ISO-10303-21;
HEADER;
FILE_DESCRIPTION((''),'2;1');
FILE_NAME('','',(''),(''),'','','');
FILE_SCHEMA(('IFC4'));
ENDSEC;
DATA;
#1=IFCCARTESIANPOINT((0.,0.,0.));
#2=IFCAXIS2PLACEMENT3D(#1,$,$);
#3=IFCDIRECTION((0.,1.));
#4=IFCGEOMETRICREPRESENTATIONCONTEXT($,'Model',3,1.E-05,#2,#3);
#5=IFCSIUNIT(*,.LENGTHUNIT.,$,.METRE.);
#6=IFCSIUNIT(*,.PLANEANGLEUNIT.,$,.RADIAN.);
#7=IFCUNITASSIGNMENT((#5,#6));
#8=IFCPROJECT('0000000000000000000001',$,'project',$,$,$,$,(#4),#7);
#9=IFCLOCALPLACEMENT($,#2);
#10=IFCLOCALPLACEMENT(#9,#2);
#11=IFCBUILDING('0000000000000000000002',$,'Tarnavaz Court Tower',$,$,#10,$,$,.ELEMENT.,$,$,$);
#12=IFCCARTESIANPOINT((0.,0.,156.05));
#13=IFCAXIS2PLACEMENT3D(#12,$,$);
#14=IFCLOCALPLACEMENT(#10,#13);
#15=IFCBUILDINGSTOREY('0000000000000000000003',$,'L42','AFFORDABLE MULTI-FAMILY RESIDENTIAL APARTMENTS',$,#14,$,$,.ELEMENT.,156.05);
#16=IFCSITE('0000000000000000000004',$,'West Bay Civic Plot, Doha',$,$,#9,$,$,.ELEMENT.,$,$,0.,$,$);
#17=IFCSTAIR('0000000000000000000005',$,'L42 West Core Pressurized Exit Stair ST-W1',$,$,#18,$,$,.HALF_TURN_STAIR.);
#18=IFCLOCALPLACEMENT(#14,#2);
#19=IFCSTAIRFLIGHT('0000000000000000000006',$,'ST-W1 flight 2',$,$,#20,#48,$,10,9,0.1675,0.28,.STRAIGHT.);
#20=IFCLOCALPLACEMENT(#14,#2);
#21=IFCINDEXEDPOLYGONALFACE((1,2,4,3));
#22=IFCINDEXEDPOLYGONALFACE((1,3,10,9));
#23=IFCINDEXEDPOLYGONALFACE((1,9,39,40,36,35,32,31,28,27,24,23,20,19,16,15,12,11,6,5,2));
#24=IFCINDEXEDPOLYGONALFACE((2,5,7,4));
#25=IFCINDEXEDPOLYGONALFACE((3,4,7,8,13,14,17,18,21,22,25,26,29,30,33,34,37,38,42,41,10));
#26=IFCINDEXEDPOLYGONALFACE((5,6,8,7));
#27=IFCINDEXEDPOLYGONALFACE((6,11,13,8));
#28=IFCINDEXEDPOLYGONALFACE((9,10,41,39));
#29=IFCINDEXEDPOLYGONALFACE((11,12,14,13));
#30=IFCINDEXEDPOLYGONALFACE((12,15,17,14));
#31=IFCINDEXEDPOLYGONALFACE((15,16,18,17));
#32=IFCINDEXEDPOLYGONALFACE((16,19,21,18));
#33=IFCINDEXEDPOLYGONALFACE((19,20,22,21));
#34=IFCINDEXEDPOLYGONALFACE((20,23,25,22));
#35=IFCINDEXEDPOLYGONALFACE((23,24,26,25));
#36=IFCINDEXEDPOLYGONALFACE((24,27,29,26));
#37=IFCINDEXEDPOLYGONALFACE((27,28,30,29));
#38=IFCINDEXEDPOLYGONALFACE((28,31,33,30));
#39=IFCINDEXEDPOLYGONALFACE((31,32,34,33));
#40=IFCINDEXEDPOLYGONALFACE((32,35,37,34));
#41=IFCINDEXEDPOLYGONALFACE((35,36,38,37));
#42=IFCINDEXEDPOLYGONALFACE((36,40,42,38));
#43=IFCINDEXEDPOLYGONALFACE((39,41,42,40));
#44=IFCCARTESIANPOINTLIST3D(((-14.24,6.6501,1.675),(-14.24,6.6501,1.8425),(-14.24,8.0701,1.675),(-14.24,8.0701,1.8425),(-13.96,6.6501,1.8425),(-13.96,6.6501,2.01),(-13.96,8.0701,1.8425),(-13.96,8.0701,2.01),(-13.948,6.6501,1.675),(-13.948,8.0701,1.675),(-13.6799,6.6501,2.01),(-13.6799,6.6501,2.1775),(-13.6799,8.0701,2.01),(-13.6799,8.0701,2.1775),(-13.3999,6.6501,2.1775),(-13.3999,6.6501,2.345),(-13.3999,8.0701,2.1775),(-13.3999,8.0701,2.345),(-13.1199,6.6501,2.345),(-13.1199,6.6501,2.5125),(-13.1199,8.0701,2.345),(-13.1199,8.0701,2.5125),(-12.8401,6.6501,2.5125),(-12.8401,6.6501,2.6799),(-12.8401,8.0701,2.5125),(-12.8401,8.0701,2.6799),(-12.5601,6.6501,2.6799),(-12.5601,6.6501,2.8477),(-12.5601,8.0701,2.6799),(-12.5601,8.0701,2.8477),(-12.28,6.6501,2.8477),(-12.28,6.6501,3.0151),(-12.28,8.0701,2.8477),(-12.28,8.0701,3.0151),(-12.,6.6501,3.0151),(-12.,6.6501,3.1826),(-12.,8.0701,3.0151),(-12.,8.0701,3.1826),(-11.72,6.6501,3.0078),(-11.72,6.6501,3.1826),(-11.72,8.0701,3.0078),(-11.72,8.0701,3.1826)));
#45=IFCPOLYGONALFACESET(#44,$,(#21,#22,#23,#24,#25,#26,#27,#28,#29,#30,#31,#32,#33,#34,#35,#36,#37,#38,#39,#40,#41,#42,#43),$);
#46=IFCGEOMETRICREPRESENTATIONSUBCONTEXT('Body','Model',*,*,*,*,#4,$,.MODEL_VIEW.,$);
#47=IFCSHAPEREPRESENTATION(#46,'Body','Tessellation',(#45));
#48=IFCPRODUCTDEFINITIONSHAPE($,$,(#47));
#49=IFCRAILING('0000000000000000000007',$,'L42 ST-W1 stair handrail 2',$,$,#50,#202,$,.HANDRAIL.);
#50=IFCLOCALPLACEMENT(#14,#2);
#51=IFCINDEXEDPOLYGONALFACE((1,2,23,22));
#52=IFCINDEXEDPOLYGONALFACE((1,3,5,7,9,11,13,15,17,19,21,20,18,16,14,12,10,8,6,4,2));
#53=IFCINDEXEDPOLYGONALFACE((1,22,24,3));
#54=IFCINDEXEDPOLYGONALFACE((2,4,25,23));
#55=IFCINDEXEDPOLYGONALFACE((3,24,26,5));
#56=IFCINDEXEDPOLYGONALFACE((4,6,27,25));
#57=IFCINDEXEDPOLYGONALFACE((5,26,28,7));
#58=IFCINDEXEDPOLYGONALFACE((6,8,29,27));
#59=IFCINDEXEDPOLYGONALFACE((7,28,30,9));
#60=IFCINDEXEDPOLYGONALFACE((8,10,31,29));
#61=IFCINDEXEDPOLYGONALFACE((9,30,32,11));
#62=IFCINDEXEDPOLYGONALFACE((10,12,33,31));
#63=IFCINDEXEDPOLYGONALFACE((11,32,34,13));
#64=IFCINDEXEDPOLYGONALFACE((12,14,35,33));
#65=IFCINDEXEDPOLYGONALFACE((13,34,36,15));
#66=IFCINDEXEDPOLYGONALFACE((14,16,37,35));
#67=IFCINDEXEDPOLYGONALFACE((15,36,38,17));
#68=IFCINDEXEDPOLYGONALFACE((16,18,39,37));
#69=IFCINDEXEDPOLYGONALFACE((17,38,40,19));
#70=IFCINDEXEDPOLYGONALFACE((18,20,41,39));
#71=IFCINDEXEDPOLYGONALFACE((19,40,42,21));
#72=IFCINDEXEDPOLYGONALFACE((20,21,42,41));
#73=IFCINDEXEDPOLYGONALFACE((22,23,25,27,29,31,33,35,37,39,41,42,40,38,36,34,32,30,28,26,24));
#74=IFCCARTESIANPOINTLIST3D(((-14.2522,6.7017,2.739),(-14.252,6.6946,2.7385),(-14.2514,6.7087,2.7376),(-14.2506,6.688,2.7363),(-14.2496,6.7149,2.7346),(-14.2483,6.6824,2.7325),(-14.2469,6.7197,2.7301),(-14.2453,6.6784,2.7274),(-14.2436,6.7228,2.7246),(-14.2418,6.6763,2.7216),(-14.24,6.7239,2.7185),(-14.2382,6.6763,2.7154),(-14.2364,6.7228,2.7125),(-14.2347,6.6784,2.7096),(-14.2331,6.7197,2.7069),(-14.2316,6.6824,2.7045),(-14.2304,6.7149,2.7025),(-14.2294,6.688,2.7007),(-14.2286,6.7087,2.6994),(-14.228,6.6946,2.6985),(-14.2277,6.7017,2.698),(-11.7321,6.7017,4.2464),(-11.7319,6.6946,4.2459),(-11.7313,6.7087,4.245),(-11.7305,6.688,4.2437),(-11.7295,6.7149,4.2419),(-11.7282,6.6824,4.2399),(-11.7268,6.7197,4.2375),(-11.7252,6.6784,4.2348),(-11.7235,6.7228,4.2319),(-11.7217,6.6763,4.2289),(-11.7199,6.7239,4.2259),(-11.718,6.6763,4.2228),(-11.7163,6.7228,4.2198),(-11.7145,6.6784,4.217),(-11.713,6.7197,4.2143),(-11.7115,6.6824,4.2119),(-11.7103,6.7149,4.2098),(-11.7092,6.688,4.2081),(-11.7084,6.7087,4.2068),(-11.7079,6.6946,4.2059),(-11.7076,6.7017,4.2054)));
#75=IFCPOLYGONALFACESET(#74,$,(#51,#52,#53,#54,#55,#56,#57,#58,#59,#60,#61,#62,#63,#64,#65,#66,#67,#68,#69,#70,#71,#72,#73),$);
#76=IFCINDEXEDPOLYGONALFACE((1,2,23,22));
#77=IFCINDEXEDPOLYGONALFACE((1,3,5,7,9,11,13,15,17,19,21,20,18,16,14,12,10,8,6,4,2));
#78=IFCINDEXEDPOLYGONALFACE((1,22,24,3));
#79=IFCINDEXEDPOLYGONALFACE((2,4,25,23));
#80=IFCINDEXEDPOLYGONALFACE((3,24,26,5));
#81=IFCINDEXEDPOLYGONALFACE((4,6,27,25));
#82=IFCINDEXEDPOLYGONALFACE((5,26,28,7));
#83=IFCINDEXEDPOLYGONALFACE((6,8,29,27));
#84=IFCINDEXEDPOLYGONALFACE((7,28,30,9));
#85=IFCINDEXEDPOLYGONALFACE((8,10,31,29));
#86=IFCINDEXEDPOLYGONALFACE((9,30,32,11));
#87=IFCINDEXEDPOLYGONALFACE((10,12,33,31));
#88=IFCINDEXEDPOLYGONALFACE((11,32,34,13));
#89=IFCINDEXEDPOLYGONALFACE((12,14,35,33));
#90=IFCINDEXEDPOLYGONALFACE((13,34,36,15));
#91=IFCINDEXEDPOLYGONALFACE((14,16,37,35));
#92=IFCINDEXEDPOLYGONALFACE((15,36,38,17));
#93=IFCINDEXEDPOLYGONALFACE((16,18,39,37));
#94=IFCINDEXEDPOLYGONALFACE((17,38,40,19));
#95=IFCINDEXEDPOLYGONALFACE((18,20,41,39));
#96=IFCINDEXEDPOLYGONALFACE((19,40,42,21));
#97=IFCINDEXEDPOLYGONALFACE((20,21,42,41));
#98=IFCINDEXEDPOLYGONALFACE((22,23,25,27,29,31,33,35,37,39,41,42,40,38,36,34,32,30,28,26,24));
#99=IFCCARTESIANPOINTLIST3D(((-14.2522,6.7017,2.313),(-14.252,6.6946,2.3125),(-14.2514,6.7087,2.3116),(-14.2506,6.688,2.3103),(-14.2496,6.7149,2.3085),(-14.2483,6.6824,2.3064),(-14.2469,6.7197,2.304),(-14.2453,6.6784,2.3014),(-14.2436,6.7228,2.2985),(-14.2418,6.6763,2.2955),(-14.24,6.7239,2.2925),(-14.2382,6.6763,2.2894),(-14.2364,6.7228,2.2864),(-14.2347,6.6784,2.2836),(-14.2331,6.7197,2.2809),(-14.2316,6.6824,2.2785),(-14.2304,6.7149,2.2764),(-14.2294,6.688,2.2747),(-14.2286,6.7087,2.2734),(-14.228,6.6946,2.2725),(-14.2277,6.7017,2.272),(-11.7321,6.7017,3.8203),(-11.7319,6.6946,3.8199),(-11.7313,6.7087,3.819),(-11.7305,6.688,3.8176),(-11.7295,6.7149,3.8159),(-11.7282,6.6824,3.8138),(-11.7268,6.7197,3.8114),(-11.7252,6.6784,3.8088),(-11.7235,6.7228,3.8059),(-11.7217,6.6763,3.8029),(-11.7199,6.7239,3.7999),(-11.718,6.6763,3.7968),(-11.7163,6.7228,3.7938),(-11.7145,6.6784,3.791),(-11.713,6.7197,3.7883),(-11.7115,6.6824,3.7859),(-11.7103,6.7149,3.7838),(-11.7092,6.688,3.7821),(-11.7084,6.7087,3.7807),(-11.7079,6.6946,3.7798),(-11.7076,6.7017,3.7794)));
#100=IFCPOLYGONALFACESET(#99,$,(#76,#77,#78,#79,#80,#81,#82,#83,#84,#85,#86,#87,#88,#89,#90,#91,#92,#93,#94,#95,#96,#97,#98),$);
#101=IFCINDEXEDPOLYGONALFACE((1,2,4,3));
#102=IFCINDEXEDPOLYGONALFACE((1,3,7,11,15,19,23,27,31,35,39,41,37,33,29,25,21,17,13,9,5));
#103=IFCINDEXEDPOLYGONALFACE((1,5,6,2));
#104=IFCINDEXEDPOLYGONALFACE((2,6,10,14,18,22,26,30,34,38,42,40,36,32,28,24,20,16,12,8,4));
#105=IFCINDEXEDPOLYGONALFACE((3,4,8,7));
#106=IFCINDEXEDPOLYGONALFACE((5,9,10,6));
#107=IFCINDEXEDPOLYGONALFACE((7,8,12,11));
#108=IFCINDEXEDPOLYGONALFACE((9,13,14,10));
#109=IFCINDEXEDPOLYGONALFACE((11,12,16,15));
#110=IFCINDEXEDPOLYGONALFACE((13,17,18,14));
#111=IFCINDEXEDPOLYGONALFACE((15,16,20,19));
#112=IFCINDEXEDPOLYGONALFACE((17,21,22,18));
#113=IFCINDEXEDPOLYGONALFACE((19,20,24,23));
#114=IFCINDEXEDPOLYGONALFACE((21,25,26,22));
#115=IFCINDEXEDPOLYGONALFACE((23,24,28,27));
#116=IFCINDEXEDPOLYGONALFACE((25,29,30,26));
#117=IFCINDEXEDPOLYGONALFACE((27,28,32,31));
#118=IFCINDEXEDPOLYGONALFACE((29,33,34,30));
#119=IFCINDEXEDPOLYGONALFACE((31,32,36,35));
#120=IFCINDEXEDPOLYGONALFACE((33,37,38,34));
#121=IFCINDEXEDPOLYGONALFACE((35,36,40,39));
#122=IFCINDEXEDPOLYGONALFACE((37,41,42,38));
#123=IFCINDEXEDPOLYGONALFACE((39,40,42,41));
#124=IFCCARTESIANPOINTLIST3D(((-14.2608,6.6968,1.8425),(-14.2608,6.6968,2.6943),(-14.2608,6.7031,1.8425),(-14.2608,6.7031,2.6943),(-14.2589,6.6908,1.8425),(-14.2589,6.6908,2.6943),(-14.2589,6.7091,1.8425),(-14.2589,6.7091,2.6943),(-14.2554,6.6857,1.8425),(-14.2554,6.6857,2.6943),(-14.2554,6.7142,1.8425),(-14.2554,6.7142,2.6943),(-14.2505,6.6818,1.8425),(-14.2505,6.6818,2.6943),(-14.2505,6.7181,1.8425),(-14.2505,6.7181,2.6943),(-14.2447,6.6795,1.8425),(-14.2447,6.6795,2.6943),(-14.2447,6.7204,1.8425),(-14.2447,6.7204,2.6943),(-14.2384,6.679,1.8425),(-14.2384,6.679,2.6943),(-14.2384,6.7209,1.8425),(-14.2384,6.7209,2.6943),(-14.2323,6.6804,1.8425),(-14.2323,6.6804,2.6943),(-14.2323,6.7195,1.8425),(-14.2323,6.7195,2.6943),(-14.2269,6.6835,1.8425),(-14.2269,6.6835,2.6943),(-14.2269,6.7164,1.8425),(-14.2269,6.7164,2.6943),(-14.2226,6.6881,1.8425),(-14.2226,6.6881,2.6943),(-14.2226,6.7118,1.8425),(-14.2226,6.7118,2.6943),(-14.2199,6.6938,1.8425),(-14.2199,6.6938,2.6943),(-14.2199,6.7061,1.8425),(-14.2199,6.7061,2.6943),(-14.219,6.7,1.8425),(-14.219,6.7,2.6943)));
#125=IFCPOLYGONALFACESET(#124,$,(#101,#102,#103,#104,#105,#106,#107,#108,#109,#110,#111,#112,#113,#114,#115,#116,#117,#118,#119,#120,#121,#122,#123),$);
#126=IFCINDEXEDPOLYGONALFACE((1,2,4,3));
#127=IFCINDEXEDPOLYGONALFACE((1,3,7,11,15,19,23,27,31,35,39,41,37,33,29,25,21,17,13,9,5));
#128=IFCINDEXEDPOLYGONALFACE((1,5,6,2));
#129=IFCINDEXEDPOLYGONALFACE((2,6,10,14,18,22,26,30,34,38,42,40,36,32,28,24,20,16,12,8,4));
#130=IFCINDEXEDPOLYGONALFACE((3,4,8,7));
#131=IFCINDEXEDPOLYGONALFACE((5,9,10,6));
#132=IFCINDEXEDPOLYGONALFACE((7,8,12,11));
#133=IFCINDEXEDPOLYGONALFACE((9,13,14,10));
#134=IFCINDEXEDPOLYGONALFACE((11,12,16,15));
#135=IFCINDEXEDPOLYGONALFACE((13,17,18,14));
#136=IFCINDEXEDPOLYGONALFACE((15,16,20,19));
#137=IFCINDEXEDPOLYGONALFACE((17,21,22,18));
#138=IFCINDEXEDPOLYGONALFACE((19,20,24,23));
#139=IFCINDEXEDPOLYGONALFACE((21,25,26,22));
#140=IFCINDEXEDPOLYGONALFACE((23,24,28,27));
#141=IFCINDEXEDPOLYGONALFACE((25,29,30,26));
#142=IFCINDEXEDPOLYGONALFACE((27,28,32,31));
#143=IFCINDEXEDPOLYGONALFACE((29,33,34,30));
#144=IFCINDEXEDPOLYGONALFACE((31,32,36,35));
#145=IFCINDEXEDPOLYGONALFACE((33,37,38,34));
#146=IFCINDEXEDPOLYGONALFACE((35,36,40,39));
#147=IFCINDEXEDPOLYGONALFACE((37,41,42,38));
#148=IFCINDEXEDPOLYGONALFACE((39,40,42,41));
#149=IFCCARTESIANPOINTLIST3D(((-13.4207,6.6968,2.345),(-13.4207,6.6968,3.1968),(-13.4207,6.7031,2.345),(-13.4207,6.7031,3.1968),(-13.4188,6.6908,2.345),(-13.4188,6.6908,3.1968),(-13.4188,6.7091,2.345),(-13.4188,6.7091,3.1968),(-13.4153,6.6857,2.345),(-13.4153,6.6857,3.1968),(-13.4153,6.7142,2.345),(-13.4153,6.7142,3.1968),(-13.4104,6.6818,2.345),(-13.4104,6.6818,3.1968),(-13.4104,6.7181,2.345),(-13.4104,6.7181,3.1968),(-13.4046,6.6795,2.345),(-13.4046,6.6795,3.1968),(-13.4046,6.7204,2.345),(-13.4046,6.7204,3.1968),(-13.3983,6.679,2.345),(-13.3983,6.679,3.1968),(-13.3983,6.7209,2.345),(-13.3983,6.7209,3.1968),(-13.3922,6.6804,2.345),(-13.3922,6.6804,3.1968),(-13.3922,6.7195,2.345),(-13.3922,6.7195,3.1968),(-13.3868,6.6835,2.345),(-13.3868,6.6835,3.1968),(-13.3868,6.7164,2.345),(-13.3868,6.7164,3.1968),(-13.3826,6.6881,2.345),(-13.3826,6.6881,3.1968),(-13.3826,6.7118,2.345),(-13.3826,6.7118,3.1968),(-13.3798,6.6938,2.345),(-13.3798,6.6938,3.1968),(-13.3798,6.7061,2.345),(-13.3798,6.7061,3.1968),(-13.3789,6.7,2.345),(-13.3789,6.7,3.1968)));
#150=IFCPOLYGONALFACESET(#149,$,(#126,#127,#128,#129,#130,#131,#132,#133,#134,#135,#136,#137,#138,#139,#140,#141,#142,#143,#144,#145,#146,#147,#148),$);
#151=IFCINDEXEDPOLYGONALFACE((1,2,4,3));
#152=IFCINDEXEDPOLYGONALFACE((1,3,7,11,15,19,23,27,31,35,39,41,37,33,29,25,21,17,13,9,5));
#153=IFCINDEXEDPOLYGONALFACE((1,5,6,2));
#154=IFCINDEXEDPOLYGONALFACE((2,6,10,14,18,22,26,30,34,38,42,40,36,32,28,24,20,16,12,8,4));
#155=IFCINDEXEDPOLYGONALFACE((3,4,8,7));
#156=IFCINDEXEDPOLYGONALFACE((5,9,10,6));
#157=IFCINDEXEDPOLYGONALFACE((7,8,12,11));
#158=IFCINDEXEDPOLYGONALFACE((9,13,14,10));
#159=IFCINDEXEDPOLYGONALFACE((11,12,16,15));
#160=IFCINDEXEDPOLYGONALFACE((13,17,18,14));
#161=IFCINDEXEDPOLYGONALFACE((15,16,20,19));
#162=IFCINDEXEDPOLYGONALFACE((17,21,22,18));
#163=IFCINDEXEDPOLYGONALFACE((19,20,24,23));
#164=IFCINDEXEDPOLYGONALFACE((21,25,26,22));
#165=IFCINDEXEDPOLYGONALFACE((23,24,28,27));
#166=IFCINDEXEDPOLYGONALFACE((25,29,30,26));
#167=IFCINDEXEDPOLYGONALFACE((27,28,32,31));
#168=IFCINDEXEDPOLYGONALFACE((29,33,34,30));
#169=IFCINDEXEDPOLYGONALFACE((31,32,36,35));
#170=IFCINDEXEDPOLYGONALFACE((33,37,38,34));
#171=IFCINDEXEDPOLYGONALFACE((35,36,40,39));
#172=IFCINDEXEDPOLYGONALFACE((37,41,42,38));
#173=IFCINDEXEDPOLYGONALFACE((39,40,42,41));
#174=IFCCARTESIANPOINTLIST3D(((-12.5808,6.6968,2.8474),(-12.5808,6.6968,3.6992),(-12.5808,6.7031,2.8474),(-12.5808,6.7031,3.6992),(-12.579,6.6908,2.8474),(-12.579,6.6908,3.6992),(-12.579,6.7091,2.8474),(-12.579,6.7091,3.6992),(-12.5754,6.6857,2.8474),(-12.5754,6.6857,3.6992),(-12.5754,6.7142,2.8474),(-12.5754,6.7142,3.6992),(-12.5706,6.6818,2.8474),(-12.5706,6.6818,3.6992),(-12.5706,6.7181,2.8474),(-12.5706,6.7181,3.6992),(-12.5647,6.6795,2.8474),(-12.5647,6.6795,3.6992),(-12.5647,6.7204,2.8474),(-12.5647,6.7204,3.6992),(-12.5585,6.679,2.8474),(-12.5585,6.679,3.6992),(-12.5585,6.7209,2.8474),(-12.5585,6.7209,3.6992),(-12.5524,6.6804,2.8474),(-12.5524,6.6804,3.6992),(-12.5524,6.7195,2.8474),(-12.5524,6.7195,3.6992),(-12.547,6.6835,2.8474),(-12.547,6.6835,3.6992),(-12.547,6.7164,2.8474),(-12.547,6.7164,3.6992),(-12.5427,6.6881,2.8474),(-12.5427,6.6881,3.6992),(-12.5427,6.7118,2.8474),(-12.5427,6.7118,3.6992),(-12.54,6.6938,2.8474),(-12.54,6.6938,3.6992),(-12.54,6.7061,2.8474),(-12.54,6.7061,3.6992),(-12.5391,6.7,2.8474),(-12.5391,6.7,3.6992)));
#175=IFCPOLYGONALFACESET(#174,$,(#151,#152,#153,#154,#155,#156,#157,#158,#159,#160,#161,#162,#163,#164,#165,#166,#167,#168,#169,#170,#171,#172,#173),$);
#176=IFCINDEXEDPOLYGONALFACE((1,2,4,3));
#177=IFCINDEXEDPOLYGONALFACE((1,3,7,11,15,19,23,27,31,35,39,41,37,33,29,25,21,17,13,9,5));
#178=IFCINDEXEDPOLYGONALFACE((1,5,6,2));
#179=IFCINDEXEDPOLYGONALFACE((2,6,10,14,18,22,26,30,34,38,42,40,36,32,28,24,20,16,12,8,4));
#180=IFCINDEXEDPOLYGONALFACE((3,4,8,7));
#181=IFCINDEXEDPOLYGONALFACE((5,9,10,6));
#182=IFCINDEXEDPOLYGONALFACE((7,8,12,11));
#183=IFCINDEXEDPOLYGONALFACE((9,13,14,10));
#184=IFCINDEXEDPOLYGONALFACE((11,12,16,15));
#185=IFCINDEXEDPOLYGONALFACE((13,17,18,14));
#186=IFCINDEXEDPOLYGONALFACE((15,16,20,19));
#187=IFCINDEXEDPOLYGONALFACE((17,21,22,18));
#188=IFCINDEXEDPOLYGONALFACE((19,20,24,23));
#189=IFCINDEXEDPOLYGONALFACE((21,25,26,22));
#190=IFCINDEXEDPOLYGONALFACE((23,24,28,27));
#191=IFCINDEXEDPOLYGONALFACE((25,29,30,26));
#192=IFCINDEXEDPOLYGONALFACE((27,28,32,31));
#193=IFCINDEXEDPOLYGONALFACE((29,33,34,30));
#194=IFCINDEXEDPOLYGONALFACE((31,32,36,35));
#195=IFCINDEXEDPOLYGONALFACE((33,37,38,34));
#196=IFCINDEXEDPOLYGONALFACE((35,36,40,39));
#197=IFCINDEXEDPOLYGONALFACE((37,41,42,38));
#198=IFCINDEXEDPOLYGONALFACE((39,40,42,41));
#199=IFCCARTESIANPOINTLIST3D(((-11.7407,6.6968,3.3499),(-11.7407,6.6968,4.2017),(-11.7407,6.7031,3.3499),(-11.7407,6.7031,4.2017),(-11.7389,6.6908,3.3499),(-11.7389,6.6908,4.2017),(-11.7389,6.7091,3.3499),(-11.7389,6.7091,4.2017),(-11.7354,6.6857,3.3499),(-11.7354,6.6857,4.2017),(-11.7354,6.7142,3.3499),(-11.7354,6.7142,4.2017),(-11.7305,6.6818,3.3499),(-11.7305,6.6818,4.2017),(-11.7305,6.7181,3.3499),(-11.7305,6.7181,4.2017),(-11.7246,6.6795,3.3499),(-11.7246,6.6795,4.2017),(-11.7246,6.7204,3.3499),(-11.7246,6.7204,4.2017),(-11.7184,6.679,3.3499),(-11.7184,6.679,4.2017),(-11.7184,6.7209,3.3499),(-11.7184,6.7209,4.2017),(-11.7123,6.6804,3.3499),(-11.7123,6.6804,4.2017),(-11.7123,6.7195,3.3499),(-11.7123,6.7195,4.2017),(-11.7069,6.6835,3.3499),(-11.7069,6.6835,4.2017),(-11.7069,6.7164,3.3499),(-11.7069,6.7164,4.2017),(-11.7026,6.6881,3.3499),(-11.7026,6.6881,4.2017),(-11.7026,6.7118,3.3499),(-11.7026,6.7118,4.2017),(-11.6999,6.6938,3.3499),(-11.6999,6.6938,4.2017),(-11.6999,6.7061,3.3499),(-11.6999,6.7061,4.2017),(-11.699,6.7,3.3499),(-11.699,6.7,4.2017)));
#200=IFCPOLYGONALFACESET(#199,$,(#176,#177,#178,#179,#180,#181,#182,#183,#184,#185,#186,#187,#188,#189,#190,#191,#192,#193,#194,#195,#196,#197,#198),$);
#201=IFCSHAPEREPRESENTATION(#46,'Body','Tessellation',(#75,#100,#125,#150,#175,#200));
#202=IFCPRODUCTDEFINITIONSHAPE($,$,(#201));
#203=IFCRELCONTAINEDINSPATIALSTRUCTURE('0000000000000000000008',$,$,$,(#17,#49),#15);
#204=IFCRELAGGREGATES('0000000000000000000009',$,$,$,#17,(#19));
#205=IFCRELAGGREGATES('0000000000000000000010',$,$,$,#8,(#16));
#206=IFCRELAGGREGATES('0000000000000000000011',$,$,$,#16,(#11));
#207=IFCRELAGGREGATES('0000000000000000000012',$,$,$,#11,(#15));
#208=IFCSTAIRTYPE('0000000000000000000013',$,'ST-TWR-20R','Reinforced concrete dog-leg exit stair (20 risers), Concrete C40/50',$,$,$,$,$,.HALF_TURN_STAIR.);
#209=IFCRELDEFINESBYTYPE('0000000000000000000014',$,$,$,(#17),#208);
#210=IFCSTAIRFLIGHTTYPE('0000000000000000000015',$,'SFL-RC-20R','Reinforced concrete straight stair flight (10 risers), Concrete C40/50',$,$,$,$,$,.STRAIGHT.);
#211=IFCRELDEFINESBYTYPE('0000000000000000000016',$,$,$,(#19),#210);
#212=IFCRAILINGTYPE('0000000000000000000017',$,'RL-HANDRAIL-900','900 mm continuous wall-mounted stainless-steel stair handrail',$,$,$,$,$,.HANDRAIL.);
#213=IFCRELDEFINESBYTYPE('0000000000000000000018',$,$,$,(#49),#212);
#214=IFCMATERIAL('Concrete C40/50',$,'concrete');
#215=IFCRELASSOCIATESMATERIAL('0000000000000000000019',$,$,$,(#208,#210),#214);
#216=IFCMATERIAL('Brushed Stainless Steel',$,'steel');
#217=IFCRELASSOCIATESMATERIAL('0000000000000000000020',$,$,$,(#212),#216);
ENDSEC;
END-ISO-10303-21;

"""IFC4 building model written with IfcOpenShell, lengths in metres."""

from ifc_helpers import new_model, si_unit, direction, frame, origin, origin_2d, place, context, subcontext, project, spatial, polyline, circle, outline, extrude, material, type_object, element, aggregate, save


model = new_model("IFC4")

# Units and contexts
model_context = context("Model", 3, precision=1e-05, world=origin(), true_north=direction((0.0, 1.0)))
body_context = subcontext(model_context, "Body", "Model", "MODEL_VIEW")
ifc_project = project(units=[si_unit("LENGTHUNIT", "METRE"), si_unit("PLANEANGLEUNIT", "RADIAN")], contexts=[model_context])

# Site, building, storey
site_placement = place(None, origin())
site = spatial("IfcSite", under=ifc_project, at=site_placement, Name="West Bay Civic Plot, Doha", CompositionType="ELEMENT", RefElevation=0.0)
building_placement = place(site_placement, origin())
building = spatial("IfcBuilding", under=site, at=building_placement, Name="Tarnavaz Court Tower", CompositionType="ELEMENT")
storey_placement = place(building_placement, frame((0.0, 0.0, 156.05)))
storey = spatial("IfcBuildingStorey", under=building, at=storey_placement, Name="L42", Description="AFFORDABLE MULTI-FAMILY RESIDENTIAL APARTMENTS", CompositionType="ELEMENT", Elevation=156.05)

# Stair, stair flight
ifc_material_1 = material(Name="Concrete C40/50", Category="concrete")
stair_type = type_object("IfcStairType", Name="ST-TWR-20R", Description="Reinforced concrete dog-leg exit stair (20 risers), Concrete C40/50", PredefinedType="HALF_TURN_STAIR", material=ifc_material_1)
stair_placement = place(storey_placement, origin())
stair = element("IfcStair", 1, at=stair_placement, inside=storey, type_object=stair_type, Name="L42 West Core Pressurized Exit Stair ST-W1", PredefinedType="HALF_TURN_STAIR")
stair_flight_type = type_object("IfcStairFlightType", Name="SFL-RC-20R", Description="Reinforced concrete straight stair flight (10 risers), Concrete C40/50", PredefinedType="STRAIGHT", material=ifc_material_1)
stair_flight_placement = place(storey_placement, frame((-14.24, 7.3601, 1.675), z_axis=(0.0, 0.0, 1.0), x_axis=(1.0, 0.0, 0.0)))
stair_flight = element("IfcStairFlight", 2, at=stair_flight_placement, type_object=stair_flight_type, Name="ST-W1 flight 2", NumberOfRisers=10, NumberOfTreads=9, PredefinedType="STRAIGHT", RiserHeight=0.1675, TreadLength=0.28, context=body_context, shape_type="SweptSolid", body=[
    extrude(outline(polyline([(0.0, 0.0), (0.0, 0.1675), (0.28, 0.1675), (0.28, 0.335), (0.5601, 0.335), (0.5601, 0.5024), (0.8401, 0.5024), (0.8401, 0.6699), (1.1201, 0.6699), (1.1201, 0.8374), (1.3999, 0.8374), (1.3999, 1.0049), (1.6799, 1.0049), (1.6799, 1.1726), (1.96, 1.1726), (1.96, 1.3401), (2.24, 1.3401), (2.24, 1.5076), (2.52, 1.5076), (2.52, 1.675), (2.52, 1.3328), (0.292, 0.0), (0.0, 0.0)])), frame((0.0, 0.71, 0.0), z_axis=(0.0, -1.0, 0.0), x_axis=(1.0, 0.0, 0.0)), (0.0, 0.0, 1.0), 1.4199),
])
aggregate(stair, [stair_flight])

# Railing
ifc_material_2 = material(Name="Brushed Stainless Steel", Category="steel")
railing_type_1 = type_object("IfcRailingType", Name="RL-HANDRAIL-900", Description="900 mm continuous wall-mounted stainless-steel stair handrail", PredefinedType="HANDRAIL", material=ifc_material_2)
railing_1_placement = place(storey_placement, frame((-14.24, 6.7, 1.8425)))
element("IfcRailing", 3, at=railing_1_placement, inside=storey, type_object=railing_type_1, Name="L42 ST-W1 stair handrail 2", PredefinedType="HANDRAIL", context=body_context, shape_type="SweptSolid", body=[
    extrude(circle(Radius=0.0239, at=origin_2d()), frame((0.0, 0.0, 0.876), z_axis=(0.858196, 0.0, 0.513321), x_axis=(0.0, 1.0, 0.0)), (0.0, 0.0, 1.0), 2.9365),
    extrude(circle(Radius=0.0239, at=origin_2d()), frame((0.0, 0.0, 0.45), z_axis=(0.858196, 0.0, 0.513321), x_axis=(0.0, 1.0, 0.0)), (0.0, 0.0, 1.0), 2.9365),
    extrude(circle(Radius=0.021, at=origin_2d()), origin(), (0.0, 0.0, 1.0), 0.8518),
    extrude(circle(Radius=0.021, at=origin_2d()), frame((0.8401, 0.0, 0.5024)), (0.0, 0.0, 1.0), 0.8518),
    extrude(circle(Radius=0.021, at=origin_2d()), frame((1.6799, 0.0, 1.0049)), (0.0, 0.0, 1.0), 0.8518),
    extrude(circle(Radius=0.021, at=origin_2d()), frame((2.52, 0.0, 1.5073)), (0.0, 0.0, 1.0), 0.8518),
])

save(model, "model.ifc")
